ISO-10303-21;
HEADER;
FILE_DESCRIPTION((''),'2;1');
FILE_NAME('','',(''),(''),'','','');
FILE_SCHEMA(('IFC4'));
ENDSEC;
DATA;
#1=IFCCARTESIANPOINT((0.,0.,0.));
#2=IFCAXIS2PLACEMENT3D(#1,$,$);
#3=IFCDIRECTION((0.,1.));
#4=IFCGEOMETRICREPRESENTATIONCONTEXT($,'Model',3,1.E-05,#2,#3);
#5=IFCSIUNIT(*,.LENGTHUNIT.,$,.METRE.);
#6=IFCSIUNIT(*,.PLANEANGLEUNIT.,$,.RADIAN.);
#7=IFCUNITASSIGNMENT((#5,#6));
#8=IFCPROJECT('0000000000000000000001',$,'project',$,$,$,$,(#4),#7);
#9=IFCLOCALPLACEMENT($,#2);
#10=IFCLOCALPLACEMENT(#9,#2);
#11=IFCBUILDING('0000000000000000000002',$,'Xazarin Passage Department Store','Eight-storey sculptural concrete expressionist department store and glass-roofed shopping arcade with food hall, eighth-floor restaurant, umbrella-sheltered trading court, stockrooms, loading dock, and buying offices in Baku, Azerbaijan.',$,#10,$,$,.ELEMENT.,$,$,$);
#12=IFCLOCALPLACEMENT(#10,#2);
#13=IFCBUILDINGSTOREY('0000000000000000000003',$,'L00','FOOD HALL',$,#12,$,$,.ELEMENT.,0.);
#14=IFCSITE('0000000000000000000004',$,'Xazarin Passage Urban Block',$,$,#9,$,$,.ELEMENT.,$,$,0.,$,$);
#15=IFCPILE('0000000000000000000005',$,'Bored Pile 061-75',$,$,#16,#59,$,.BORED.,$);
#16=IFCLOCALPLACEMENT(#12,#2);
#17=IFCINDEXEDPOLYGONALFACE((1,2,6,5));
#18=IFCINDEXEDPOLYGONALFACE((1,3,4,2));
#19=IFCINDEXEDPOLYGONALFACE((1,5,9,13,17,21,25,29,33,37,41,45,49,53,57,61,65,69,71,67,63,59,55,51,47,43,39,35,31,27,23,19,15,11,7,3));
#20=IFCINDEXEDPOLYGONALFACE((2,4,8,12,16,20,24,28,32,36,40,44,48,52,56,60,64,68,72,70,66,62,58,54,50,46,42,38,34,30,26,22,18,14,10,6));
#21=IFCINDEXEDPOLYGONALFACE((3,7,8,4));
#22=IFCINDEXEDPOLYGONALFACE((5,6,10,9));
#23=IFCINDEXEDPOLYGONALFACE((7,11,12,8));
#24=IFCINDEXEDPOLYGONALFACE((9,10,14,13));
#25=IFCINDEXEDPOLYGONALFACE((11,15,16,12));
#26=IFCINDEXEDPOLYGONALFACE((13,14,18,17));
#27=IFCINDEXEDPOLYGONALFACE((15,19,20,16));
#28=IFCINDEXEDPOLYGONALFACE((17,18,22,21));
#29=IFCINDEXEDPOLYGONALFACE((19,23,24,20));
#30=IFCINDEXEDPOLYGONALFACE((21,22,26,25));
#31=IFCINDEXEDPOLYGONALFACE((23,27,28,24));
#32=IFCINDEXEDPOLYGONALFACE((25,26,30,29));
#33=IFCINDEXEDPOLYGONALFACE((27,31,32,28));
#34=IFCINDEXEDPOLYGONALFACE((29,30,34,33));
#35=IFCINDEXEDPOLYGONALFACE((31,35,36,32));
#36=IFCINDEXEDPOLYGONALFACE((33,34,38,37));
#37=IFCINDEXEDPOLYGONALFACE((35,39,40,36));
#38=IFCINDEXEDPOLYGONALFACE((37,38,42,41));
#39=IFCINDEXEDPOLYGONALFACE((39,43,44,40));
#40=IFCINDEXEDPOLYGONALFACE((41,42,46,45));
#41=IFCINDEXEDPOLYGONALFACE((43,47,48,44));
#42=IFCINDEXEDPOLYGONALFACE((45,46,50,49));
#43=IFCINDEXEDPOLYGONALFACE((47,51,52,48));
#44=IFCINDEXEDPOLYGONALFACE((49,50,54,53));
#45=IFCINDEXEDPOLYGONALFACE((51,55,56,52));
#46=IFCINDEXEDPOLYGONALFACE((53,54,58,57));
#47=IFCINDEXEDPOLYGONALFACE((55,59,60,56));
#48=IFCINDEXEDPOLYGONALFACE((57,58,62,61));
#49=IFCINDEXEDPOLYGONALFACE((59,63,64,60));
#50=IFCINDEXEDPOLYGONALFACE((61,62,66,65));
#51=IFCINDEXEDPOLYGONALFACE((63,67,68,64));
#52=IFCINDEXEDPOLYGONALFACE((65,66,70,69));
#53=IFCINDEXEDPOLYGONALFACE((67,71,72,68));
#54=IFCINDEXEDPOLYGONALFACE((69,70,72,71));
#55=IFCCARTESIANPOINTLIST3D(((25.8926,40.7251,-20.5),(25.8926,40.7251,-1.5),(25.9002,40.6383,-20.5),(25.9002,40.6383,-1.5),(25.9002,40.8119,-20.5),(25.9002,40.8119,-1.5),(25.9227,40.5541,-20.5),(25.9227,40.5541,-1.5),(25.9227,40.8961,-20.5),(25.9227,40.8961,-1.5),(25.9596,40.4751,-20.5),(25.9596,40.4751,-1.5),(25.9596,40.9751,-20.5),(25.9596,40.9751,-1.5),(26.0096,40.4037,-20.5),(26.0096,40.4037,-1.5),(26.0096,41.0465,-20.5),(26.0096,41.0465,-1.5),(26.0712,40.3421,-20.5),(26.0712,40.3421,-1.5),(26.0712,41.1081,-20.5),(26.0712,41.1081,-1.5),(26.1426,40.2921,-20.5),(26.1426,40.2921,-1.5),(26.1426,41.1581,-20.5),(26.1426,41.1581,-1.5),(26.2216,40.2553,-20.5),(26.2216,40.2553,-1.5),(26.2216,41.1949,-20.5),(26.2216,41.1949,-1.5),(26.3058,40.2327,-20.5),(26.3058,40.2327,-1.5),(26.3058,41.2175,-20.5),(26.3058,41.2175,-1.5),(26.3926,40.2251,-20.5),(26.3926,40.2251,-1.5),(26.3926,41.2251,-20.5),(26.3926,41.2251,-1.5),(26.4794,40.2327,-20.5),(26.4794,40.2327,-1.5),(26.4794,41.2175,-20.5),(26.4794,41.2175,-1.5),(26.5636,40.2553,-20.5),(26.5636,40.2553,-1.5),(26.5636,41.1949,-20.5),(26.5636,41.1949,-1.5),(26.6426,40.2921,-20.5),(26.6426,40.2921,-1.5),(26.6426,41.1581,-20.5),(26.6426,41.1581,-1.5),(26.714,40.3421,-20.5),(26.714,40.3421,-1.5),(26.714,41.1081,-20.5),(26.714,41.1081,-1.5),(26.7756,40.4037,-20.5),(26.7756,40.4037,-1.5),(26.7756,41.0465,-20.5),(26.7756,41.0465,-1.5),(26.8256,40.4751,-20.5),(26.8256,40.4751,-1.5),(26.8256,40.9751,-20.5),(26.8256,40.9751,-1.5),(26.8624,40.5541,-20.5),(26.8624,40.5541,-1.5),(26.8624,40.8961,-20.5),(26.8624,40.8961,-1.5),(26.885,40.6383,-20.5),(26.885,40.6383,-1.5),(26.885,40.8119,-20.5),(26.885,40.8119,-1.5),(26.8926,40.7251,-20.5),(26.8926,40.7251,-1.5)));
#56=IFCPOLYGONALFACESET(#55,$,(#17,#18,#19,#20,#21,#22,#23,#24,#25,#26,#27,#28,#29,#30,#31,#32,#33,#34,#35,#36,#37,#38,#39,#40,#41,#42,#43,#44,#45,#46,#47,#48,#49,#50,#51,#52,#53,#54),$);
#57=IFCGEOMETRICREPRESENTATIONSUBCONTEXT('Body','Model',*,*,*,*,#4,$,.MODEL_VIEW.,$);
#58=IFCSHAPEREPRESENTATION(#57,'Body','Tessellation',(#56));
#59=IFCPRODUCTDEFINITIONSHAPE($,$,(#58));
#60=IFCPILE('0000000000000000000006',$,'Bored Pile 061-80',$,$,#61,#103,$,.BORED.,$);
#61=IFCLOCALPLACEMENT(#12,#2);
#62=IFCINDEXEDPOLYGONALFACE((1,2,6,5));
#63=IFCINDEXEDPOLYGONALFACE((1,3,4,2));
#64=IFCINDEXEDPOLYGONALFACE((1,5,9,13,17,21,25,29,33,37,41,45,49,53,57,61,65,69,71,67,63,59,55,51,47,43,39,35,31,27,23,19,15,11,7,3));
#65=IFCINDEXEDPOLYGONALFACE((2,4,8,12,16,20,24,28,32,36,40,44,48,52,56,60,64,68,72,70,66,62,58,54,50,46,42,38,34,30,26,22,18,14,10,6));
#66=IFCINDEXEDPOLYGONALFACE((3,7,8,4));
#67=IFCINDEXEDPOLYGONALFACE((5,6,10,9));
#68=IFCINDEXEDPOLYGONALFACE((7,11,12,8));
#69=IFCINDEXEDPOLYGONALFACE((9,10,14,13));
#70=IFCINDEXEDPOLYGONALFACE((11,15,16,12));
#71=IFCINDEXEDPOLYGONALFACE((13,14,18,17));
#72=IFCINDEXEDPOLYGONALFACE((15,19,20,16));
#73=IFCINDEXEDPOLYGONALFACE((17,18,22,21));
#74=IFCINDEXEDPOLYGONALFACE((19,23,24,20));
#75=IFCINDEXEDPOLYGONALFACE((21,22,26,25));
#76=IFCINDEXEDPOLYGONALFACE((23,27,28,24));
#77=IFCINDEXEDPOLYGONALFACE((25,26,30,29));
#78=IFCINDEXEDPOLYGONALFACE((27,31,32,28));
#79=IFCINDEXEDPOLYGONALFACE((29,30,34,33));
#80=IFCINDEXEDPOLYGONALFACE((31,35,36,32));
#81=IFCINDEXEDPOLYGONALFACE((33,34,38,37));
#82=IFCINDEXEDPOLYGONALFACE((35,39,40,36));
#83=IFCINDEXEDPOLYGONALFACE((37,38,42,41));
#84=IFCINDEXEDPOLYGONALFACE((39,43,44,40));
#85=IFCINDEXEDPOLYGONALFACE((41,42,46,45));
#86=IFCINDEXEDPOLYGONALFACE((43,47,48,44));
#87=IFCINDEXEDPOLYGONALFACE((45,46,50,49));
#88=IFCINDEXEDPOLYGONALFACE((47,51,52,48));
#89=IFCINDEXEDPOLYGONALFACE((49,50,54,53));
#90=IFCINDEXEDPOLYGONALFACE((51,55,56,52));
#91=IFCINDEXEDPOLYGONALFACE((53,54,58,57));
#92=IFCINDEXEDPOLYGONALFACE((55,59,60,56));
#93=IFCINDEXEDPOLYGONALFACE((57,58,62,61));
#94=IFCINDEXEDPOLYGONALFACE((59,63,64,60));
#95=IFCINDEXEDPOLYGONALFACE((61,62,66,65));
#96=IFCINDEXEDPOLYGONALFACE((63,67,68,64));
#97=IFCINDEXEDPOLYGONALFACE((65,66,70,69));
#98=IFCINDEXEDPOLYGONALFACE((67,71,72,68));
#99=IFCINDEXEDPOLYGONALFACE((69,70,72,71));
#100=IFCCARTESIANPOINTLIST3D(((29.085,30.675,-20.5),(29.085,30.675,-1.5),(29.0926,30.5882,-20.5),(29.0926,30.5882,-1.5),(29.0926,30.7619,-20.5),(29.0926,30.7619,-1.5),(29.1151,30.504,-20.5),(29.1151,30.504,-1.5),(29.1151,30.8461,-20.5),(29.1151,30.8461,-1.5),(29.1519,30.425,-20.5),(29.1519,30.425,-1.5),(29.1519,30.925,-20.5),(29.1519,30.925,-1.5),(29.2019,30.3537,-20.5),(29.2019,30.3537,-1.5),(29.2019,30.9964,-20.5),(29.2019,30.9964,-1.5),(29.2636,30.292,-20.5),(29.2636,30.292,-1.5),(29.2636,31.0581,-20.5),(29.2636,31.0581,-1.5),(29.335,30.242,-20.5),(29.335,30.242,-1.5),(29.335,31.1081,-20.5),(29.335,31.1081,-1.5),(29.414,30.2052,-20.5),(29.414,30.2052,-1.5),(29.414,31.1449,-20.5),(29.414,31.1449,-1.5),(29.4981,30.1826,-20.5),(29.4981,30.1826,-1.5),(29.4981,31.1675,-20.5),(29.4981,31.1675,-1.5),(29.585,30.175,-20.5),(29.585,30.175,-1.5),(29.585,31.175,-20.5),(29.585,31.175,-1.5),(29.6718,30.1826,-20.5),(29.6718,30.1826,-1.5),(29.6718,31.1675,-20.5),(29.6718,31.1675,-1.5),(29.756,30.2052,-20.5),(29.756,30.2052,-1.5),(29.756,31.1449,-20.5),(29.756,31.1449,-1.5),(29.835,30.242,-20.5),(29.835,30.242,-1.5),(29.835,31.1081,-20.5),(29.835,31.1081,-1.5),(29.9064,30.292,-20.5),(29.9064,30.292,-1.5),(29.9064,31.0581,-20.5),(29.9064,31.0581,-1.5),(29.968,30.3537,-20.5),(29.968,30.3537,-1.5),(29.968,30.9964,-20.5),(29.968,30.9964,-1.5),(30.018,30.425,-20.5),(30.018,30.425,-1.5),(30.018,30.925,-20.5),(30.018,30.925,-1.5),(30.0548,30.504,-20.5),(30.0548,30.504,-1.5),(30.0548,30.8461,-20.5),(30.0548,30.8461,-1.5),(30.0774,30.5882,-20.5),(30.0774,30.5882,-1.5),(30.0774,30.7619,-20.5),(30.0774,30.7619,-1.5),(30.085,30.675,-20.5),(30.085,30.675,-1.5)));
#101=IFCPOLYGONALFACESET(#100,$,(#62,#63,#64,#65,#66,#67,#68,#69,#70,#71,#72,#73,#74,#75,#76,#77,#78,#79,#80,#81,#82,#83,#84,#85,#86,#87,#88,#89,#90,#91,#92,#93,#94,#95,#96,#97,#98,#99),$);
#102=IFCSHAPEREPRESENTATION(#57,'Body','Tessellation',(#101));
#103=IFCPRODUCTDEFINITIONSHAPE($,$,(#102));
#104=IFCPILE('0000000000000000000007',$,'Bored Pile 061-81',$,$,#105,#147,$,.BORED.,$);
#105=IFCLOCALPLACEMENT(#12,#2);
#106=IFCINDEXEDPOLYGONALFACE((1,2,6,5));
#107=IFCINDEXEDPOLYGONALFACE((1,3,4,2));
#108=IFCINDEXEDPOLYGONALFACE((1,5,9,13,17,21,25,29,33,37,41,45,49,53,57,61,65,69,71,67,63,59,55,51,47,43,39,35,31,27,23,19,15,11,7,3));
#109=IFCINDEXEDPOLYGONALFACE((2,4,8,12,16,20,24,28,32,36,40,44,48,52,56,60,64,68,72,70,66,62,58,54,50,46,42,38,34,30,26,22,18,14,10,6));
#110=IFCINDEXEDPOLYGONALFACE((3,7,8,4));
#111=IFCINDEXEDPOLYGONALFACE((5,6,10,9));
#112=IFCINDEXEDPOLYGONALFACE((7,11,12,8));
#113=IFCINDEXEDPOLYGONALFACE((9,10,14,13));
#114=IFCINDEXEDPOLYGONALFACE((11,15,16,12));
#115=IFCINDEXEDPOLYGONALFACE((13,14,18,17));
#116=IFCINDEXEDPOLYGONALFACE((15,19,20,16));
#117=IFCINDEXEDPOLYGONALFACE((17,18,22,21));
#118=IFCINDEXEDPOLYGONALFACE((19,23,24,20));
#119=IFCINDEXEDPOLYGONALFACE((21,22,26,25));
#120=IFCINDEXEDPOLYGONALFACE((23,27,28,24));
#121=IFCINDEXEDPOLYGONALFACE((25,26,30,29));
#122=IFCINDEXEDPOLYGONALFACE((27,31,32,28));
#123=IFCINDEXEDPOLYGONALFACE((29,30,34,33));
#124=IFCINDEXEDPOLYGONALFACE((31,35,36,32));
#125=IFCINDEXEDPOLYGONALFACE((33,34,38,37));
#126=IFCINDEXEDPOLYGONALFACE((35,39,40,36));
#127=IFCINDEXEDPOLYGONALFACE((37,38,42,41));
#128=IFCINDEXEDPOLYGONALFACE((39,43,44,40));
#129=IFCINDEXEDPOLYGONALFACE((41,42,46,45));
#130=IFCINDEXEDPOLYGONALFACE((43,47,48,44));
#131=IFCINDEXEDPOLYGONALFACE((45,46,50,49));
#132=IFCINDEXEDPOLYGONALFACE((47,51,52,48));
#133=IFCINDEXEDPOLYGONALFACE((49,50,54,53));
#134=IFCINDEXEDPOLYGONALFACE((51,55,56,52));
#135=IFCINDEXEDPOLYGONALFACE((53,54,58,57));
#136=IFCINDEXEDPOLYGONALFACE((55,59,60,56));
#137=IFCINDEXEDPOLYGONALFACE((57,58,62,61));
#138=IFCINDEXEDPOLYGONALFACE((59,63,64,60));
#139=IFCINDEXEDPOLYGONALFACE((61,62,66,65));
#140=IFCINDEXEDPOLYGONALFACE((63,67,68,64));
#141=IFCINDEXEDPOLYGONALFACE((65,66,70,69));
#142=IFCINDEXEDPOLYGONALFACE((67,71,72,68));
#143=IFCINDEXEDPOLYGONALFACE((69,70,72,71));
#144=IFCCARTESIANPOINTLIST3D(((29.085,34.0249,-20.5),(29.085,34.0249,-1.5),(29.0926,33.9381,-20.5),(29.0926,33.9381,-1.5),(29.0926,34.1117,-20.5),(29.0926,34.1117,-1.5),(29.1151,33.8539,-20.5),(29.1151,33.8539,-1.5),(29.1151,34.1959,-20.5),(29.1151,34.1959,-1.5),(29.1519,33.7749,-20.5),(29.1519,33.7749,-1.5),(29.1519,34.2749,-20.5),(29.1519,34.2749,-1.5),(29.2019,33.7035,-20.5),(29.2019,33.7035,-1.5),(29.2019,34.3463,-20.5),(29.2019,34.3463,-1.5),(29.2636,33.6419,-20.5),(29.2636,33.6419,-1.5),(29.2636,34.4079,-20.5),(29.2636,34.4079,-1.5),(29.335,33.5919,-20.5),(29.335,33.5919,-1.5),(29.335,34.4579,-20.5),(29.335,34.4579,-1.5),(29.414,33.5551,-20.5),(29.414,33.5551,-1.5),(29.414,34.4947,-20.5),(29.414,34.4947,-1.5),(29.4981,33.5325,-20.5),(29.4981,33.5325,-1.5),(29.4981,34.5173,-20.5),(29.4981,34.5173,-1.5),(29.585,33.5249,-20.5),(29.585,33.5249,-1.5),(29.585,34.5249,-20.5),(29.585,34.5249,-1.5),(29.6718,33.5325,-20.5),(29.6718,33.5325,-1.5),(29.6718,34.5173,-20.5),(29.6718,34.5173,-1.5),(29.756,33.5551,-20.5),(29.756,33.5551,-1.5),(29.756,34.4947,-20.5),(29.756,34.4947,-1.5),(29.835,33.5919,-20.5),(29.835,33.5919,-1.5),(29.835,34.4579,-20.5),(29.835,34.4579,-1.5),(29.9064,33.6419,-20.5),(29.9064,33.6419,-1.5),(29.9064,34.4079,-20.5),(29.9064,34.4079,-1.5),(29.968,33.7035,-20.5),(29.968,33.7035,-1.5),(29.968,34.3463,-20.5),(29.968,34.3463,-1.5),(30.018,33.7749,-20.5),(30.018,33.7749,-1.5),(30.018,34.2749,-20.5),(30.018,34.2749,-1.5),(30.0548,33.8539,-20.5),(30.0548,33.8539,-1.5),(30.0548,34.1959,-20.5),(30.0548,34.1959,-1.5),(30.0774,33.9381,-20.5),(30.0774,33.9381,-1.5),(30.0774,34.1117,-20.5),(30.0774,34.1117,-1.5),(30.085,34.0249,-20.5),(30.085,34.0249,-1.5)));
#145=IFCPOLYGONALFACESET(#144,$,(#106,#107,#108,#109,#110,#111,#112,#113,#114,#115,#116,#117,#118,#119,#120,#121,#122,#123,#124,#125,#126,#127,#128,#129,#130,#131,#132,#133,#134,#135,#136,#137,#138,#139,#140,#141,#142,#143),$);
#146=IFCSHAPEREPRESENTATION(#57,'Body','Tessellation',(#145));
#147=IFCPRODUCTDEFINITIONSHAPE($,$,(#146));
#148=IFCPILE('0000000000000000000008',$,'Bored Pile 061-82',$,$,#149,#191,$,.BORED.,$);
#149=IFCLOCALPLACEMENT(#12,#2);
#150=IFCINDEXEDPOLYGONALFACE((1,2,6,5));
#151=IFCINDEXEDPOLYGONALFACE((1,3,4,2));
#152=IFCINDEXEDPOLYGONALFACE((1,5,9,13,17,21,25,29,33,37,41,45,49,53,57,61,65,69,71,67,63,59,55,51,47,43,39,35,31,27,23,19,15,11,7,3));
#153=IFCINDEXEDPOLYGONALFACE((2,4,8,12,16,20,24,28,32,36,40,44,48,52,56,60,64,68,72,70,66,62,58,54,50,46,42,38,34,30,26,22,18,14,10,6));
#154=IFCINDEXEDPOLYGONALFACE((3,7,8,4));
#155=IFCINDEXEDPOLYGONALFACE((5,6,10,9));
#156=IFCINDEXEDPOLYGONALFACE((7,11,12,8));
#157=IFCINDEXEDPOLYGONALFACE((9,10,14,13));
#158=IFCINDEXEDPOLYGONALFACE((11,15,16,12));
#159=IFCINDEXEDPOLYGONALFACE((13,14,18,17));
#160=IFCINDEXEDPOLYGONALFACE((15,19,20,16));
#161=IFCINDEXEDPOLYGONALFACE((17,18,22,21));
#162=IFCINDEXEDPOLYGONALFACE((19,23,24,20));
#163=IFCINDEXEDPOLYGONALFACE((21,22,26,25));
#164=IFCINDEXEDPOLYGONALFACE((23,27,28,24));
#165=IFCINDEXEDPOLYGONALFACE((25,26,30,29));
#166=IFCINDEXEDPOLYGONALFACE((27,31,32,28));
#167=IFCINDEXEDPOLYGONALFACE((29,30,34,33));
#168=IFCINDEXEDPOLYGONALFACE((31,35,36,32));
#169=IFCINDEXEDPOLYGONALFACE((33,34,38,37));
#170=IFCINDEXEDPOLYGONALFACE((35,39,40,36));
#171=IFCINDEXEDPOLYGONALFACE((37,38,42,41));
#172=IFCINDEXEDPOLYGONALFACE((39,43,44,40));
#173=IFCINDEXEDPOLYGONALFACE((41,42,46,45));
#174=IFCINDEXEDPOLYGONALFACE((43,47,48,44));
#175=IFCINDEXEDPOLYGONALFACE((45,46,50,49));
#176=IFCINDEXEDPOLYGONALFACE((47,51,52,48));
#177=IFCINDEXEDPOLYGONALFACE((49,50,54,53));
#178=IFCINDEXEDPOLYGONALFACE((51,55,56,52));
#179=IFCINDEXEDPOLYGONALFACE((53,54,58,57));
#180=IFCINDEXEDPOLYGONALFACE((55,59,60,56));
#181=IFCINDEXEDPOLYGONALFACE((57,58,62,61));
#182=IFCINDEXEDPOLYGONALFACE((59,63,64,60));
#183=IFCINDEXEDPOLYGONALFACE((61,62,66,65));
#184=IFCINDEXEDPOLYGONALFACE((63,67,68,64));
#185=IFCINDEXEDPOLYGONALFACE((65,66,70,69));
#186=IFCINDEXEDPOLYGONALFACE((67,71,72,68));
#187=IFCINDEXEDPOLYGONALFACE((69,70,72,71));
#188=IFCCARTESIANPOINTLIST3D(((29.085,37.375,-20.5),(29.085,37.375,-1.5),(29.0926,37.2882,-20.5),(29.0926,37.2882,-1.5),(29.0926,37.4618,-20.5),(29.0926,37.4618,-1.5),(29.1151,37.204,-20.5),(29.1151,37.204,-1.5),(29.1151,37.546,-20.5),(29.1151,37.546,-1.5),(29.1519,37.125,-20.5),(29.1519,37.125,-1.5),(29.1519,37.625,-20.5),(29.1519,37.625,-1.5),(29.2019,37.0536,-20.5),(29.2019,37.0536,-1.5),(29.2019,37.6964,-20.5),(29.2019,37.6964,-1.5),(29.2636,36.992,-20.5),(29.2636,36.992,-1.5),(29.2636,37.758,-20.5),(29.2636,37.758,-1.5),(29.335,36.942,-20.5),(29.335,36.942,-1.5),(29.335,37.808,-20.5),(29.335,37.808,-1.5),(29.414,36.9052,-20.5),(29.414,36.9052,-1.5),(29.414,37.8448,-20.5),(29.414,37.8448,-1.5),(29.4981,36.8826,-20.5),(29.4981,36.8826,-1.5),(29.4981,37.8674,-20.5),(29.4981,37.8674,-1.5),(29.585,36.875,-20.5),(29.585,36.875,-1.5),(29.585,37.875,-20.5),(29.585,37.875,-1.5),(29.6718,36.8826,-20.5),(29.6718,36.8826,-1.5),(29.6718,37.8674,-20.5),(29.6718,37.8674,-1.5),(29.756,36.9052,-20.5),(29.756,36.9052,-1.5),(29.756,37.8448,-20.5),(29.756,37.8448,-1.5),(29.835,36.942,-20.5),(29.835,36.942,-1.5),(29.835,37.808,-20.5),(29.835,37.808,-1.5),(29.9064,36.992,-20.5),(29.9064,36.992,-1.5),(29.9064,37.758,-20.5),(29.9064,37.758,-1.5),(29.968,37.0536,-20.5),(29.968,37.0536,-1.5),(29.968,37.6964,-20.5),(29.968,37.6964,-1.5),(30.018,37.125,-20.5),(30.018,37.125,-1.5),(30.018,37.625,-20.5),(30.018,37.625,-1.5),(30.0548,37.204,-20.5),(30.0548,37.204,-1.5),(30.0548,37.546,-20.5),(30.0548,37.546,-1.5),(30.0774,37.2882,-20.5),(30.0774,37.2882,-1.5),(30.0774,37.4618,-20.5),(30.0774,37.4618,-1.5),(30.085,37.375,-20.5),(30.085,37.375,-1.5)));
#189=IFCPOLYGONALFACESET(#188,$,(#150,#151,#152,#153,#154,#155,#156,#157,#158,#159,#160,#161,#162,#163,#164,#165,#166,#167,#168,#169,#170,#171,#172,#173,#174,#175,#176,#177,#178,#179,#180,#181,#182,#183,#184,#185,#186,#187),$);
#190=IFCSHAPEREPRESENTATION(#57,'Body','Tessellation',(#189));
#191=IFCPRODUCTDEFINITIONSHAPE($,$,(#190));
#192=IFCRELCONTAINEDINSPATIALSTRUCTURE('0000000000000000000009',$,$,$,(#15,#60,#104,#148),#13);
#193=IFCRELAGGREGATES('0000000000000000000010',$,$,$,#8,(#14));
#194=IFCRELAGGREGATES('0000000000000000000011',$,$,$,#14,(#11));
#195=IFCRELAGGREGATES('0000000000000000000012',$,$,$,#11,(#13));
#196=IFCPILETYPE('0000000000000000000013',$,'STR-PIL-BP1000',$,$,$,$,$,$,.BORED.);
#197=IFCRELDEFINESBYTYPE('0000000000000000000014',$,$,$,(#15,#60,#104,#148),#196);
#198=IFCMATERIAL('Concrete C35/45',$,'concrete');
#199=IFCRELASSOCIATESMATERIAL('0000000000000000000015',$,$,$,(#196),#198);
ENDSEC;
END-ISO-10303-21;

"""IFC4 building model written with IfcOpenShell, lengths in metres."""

from ifc_helpers import new_model, si_unit, direction, frame, origin, origin_2d, place, context, subcontext, project, spatial, circle, extrude, material, material_profile, profile_set, type_object, element, save


model = new_model("IFC4")

# Units and contexts
model_context = context("Model", 3, precision=1e-05, world=origin(), true_north=direction((0.0, 1.0)))
body_context = subcontext(model_context, "Body", "Model", "MODEL_VIEW")
ifc_project = project(units=[si_unit("LENGTHUNIT", "METRE"), si_unit("PLANEANGLEUNIT", "RADIAN")], contexts=[model_context])

# Site, building, storey
site_placement = place(None, origin())
site = spatial("IfcSite", under=ifc_project, at=site_placement, Name="Xazarin Passage Urban Block", CompositionType="ELEMENT", RefElevation=0.0)
building_placement = place(site_placement, origin())
building = spatial("IfcBuilding", under=site, at=building_placement, Name="Xazarin Passage Department Store", Description="Eight-storey sculptural concrete expressionist department store and glass-roofed shopping arcade with food hall, eighth-floor restaurant, umbrella-sheltered trading court, stockrooms, loading dock, and buying offices in Baku, Azerbaijan.", CompositionType="ELEMENT")
storey_placement = place(building_placement, origin())
storey = spatial("IfcBuildingStorey", under=building, at=storey_placement, Name="L00", Description="FOOD HALL", CompositionType="ELEMENT", Elevation=0.0)

# Shared definitions
ifc_material_1 = material(Name="Concrete C35/45", Category="concrete")

# Piles
ifc_material_profile_1 = material_profile(ifc_material_1, circle(Radius=0.5, at=origin_2d()), Name="BP 1000")
ifc_profile_set_1 = profile_set([ifc_material_profile_1], Name="Concrete C35/45")
pile_type_1 = type_object("IfcPileType", Name="STR-PIL-BP1000", PredefinedType="BORED", material=ifc_profile_set_1)
for number, where, z_axis, x_axis, name in (
    (1, (26.3926, 40.7251, -1.5), (0.0, 0.0, -1.0), (1.0, 0.0, 0.0), "Bored Pile 061-75"),
    (2, (29.585, 30.675, -1.5), (0.0, 0.0, -1.0), (1.0, 0.0, 0.0), "Bored Pile 061-80"),
    (3, (29.585, 34.0249, -1.5), (0.0, 0.0, -1.0), (1.0, 0.0, 0.0), "Bored Pile 061-81"),
    (4, (29.585, 37.375, -1.5), (0.0, 0.0, -1.0), (1.0, 0.0, 0.0), "Bored Pile 061-82"),
):
    element("IfcPile", number, at=place(storey_placement, frame(where, z_axis=z_axis, x_axis=x_axis)), inside=storey, type_object=pile_type_1, Name=name, PredefinedType="BORED", context=body_context, shape_type="SweptSolid", body=[
        extrude(circle(Radius=0.5, at=origin_2d()), origin(), (0.0, 0.0, 1.0), 19.0),
    ])

save(model, "model.ifc")
